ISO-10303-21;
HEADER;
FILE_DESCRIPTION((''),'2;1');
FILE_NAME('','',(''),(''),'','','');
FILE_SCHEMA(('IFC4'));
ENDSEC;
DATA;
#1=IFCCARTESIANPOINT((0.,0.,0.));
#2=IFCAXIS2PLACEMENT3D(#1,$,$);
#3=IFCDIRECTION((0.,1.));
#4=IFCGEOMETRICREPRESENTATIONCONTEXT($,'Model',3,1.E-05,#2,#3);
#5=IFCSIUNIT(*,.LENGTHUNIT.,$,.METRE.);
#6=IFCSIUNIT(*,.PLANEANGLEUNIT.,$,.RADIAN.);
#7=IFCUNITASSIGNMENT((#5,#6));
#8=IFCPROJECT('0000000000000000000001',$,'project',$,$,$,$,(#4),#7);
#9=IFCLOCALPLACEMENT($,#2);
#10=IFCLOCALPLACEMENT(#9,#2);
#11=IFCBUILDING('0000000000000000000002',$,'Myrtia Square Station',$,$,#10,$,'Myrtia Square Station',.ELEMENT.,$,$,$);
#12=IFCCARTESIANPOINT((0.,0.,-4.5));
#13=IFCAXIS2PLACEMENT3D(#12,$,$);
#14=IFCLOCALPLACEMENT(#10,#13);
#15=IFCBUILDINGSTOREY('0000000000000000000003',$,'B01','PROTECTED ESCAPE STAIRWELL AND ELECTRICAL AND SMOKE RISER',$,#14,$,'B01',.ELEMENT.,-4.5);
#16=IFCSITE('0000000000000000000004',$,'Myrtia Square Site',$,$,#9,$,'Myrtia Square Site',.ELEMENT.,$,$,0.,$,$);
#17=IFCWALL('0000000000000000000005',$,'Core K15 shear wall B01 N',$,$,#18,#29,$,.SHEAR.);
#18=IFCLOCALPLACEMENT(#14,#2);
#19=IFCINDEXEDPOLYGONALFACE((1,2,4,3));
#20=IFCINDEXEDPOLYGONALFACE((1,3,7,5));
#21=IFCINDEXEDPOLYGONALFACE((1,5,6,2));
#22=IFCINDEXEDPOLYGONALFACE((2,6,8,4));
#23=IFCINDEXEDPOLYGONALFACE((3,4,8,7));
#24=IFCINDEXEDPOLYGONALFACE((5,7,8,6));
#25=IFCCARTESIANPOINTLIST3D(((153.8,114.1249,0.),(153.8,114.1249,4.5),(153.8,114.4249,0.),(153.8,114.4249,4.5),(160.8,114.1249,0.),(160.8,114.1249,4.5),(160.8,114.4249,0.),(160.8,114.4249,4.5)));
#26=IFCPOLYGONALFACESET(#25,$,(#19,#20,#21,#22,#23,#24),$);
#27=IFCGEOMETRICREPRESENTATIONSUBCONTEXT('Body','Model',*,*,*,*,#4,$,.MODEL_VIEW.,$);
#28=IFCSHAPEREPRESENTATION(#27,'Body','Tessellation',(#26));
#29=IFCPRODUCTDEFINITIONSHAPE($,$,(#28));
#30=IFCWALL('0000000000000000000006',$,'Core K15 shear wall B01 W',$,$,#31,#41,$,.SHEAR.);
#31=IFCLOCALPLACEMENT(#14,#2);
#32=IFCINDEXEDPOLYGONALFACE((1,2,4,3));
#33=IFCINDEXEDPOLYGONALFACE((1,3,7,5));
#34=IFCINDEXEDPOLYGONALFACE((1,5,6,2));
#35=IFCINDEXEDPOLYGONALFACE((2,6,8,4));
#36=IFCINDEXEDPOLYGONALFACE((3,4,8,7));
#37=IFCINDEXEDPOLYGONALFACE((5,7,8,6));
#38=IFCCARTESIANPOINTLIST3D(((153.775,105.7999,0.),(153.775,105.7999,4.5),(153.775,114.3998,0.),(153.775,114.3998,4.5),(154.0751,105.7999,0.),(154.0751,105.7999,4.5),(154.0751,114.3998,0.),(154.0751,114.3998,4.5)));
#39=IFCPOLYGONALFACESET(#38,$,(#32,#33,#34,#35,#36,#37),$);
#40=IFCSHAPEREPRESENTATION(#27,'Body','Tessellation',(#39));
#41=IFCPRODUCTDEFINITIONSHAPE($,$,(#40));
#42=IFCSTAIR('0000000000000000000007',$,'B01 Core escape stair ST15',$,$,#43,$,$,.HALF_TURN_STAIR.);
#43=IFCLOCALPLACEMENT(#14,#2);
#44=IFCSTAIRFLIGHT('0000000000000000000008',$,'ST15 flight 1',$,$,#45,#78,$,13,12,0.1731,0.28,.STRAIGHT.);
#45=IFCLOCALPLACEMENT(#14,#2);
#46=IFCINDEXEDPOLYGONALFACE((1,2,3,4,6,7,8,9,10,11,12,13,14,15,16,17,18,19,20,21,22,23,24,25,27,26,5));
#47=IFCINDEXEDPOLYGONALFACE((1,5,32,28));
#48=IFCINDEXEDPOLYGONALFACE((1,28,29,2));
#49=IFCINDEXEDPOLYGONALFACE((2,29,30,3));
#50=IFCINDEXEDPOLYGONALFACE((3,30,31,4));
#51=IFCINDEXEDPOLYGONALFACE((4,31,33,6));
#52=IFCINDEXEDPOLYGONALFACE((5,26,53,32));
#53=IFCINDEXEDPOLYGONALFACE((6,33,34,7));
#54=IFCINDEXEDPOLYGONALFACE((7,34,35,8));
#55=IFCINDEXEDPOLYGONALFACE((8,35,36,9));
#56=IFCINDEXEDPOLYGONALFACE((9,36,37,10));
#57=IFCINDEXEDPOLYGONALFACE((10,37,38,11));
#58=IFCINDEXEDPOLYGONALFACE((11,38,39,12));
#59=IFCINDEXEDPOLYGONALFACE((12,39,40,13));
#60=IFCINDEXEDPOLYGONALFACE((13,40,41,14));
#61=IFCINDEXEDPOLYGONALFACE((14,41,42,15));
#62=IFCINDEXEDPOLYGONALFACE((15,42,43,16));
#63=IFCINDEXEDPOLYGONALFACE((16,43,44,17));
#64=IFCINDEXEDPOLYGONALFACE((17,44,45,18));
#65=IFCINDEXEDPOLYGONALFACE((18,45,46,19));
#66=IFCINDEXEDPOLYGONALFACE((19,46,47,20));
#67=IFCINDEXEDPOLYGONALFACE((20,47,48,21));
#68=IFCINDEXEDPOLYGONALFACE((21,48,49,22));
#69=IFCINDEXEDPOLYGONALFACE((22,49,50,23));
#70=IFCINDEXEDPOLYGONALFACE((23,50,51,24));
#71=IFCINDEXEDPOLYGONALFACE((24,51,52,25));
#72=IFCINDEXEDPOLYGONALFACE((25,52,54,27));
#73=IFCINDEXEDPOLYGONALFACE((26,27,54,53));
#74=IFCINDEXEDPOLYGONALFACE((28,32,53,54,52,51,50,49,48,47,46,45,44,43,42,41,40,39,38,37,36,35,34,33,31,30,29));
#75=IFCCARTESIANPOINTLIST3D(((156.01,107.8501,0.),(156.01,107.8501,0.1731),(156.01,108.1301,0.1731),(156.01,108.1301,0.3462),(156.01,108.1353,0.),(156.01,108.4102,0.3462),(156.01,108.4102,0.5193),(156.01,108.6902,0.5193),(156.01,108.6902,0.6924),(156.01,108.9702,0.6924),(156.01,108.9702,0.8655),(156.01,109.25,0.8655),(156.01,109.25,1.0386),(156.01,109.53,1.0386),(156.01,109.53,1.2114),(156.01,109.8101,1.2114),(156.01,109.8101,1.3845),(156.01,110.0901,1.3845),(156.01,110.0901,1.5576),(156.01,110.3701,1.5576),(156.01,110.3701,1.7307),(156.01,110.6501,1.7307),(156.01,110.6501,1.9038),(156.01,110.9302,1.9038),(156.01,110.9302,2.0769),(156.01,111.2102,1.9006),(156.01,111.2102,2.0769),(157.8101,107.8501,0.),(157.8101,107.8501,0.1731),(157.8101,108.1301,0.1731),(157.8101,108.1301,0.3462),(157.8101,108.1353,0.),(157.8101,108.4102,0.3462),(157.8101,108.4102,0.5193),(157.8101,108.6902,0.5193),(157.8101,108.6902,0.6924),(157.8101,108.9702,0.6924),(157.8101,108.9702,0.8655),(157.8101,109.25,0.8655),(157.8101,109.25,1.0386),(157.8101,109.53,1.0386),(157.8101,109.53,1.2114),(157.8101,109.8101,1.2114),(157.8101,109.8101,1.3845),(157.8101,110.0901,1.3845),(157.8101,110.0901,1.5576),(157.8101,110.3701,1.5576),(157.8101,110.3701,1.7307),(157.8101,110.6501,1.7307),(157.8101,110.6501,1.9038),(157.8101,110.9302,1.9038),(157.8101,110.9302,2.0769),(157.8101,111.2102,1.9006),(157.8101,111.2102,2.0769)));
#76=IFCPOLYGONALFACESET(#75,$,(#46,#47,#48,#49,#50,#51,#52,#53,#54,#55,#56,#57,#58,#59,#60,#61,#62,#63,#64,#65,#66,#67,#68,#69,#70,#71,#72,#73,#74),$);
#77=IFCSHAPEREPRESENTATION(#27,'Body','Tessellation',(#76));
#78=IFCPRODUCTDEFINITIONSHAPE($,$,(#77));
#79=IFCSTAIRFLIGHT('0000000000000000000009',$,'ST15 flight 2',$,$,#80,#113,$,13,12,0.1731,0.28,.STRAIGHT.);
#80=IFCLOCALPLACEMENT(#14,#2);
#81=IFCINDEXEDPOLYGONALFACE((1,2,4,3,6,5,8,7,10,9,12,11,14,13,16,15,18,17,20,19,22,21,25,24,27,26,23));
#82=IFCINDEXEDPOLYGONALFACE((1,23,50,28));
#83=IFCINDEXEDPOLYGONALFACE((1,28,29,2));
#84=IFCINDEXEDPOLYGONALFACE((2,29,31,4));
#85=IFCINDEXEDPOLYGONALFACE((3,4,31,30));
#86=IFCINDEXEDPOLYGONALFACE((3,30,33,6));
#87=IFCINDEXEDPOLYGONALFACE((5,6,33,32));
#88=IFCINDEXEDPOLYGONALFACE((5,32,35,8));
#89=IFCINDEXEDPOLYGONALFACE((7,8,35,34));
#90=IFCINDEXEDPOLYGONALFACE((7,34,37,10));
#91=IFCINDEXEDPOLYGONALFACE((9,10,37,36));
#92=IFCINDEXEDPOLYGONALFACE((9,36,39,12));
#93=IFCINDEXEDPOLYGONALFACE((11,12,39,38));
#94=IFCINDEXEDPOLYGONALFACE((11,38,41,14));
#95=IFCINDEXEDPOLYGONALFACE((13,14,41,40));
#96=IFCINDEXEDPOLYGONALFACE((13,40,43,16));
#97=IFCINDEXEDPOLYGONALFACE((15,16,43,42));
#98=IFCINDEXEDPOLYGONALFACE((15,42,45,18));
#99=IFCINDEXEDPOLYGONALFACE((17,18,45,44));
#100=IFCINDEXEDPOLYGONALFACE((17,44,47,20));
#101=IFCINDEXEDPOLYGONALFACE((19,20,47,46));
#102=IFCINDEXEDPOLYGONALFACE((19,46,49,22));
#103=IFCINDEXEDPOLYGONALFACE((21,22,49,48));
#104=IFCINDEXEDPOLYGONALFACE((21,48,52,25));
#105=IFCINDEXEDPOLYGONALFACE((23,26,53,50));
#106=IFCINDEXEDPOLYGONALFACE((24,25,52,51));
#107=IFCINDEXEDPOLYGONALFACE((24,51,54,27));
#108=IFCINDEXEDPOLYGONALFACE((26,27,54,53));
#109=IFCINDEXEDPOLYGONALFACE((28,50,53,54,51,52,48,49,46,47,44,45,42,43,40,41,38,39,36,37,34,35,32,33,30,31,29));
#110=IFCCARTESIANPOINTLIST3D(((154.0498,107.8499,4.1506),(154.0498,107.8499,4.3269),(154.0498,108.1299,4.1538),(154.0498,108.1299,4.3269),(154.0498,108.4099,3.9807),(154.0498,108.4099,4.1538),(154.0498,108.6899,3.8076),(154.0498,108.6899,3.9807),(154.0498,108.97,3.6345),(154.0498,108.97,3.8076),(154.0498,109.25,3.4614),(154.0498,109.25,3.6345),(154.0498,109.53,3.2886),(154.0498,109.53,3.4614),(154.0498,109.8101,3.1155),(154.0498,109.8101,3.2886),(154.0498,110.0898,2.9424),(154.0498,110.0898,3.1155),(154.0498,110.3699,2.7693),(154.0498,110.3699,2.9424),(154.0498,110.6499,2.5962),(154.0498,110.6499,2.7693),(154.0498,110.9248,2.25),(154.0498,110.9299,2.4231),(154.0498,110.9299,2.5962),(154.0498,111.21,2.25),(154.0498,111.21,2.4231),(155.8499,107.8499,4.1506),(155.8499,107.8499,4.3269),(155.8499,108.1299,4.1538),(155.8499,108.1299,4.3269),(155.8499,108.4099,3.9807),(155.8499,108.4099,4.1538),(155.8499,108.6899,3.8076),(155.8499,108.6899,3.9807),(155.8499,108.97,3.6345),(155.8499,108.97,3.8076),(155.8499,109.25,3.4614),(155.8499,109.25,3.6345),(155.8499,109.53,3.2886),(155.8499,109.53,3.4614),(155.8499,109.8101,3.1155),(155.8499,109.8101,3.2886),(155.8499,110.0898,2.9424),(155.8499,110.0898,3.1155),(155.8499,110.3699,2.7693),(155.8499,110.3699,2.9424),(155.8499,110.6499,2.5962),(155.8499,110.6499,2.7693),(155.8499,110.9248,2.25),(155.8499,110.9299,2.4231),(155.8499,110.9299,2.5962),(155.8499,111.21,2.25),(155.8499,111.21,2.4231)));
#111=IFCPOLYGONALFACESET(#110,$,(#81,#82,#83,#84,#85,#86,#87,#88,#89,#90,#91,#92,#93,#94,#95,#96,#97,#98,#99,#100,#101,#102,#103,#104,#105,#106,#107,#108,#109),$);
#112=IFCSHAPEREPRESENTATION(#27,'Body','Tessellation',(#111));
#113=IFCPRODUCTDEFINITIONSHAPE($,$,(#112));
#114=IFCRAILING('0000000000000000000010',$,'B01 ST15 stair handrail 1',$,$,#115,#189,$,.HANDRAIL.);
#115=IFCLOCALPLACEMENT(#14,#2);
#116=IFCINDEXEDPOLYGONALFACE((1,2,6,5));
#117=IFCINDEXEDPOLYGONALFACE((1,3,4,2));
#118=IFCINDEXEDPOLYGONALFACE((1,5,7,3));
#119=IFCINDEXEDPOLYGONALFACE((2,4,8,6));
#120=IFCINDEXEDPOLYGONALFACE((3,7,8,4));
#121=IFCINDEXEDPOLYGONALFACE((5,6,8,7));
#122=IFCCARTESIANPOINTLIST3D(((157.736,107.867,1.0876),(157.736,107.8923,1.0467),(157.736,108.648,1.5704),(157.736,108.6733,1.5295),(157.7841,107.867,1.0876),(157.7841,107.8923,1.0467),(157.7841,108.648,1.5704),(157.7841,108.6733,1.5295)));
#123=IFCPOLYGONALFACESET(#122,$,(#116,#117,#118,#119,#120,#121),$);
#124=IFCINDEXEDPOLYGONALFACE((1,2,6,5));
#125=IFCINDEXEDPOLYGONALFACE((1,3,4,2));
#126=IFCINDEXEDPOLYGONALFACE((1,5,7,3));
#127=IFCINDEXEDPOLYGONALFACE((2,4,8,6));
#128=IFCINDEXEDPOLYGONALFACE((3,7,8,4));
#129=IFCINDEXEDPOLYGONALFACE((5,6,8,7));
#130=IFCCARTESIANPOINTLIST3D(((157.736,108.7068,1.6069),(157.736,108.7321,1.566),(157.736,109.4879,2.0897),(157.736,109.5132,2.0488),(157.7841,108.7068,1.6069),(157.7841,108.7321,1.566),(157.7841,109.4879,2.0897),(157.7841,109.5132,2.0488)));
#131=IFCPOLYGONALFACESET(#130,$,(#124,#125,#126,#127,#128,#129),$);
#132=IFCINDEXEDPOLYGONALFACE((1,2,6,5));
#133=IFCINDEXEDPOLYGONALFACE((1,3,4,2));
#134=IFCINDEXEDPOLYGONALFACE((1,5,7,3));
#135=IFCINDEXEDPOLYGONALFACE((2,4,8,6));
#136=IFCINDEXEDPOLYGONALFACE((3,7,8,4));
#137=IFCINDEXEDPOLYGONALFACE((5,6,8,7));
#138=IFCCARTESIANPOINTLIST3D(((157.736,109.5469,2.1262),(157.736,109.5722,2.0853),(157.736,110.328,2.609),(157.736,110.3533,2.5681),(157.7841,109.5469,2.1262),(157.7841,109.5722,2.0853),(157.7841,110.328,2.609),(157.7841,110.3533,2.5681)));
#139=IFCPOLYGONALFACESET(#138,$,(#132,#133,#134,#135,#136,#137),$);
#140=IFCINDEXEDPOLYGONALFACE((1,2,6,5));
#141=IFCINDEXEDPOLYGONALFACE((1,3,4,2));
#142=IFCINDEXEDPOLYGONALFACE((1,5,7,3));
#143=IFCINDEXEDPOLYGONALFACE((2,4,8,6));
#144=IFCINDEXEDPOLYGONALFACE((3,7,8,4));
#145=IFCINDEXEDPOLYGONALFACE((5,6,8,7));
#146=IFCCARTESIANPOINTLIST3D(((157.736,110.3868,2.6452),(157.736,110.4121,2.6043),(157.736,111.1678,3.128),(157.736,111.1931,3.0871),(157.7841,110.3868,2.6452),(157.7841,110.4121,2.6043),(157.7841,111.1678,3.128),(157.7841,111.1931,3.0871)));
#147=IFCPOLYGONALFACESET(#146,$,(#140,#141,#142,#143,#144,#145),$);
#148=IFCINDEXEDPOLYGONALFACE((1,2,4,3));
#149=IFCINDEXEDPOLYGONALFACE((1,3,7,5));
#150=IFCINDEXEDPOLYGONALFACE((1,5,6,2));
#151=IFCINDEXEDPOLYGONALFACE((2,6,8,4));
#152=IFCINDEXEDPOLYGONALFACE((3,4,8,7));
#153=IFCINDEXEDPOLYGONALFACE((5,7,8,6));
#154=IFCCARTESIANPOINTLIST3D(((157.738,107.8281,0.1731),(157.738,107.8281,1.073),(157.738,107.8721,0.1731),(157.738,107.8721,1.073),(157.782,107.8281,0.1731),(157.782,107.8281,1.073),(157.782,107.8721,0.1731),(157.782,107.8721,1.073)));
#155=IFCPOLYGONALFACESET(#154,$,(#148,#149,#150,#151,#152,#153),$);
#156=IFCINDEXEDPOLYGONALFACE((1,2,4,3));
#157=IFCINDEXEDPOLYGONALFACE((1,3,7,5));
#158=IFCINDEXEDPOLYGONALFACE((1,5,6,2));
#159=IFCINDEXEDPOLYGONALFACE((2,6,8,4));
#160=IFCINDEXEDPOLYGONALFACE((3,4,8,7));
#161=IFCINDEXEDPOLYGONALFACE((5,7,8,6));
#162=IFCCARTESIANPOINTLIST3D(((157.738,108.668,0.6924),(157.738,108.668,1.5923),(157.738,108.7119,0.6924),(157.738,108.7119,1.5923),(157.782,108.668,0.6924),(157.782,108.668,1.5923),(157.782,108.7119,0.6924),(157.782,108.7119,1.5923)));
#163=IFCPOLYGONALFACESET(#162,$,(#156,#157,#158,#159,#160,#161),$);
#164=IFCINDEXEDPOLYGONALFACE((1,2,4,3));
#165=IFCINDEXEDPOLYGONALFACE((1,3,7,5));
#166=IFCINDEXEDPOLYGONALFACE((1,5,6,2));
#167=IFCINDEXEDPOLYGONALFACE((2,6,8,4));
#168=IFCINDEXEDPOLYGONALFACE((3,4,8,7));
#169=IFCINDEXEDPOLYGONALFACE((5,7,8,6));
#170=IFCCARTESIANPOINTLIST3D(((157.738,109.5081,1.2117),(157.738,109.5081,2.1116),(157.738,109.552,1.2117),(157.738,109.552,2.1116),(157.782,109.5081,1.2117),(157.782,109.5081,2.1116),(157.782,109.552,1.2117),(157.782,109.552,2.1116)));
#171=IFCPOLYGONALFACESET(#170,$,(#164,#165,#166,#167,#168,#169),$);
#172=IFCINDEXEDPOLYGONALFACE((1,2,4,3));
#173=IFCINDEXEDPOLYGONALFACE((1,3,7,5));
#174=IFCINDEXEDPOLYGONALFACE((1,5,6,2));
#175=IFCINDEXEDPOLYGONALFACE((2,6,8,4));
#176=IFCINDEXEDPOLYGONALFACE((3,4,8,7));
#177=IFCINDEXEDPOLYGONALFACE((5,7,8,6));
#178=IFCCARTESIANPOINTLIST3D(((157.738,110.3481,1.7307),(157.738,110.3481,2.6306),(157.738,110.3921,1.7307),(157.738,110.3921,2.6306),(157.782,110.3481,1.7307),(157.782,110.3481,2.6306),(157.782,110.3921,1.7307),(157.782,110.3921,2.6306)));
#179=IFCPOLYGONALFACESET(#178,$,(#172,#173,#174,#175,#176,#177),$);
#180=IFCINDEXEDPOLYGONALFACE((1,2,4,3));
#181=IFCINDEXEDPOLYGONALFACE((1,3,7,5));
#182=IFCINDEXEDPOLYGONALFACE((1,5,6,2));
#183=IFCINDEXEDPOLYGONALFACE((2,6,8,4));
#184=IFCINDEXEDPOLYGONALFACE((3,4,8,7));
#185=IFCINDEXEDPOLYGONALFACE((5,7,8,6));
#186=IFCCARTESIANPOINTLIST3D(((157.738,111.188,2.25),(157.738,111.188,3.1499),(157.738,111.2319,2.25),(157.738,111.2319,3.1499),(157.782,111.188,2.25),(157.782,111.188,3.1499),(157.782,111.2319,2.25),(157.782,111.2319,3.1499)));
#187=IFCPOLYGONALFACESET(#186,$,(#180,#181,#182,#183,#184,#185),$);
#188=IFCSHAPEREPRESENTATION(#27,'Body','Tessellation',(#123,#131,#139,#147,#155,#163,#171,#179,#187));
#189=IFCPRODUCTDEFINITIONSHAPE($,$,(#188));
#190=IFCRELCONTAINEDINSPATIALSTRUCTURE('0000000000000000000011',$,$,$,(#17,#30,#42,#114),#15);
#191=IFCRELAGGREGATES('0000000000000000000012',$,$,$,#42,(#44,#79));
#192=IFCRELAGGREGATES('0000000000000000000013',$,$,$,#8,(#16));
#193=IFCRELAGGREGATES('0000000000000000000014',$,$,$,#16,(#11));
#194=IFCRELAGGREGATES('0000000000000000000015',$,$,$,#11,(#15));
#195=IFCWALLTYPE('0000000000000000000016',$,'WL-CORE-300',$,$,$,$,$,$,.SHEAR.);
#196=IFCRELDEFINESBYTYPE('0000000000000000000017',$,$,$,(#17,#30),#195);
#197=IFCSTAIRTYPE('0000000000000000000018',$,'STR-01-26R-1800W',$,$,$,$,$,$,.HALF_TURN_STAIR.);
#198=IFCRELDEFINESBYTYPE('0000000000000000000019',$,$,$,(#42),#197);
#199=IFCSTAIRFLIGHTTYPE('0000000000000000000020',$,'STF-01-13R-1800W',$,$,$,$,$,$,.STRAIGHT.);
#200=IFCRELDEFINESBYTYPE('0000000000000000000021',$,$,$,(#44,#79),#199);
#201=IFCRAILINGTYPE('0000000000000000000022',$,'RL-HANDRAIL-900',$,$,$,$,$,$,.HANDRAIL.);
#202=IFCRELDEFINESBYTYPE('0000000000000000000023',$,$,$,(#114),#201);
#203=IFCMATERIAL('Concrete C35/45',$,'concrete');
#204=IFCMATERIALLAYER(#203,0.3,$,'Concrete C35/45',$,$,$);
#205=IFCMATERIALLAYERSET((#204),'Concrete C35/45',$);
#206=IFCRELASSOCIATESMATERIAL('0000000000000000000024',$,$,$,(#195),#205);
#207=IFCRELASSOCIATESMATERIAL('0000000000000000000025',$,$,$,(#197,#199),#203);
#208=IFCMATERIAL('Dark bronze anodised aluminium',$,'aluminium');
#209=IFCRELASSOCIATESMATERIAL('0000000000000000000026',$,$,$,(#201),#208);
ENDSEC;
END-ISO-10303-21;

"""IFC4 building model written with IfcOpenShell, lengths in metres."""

from ifc_helpers import new_model, si_unit, direction, frame, frame_2d, origin, origin_2d, place, context, subcontext, project, spatial, polyline, rectangle, outline, extrude, material, layer, layer_set, type_object, element, aggregate, save


model = new_model("IFC4")

# Units and contexts
model_context = context("Model", 3, precision=1e-05, world=origin(), true_north=direction((0.0, 1.0)))
body_context = subcontext(model_context, "Body", "Model", "MODEL_VIEW")
ifc_project = project(units=[si_unit("LENGTHUNIT", "METRE"), si_unit("PLANEANGLEUNIT", "RADIAN")], contexts=[model_context])

# Site, building, storey
site_placement = place(None, origin())
site = spatial("IfcSite", under=ifc_project, at=site_placement, Name="Myrtia Square Site", LongName="Myrtia Square Site", CompositionType="ELEMENT", RefElevation=0.0)
building_placement = place(site_placement, origin())
building = spatial("IfcBuilding", under=site, at=building_placement, Name="Myrtia Square Station", LongName="Myrtia Square Station", CompositionType="ELEMENT")
storey_placement = place(building_placement, frame((0.0, 0.0, -4.5)))
storey = spatial("IfcBuildingStorey", under=building, at=storey_placement, Name="B01", Description="PROTECTED ESCAPE STAIRWELL AND ELECTRICAL AND SMOKE RISER", LongName="B01", CompositionType="ELEMENT", Elevation=-4.5)

# Shared definitions
ifc_material_1 = material(Name="Concrete C35/45", Category="concrete")

# Shared definitions
ifc_layer = layer(ifc_material_1, 0.3, Name="Concrete C35/45")
ifc_layer_set = layer_set([ifc_layer], Name="Concrete C35/45")
wall_type = type_object("IfcWallType", Name="WL-CORE-300", PredefinedType="SHEAR", material=ifc_layer_set)
ifc_material_2 = material(Name="Dark bronze anodised aluminium", Category="aluminium")

# Walls
wall_1_placement = place(storey_placement, frame((153.8, 114.2749, 0.0), z_axis=(0.0, 0.0, 1.0), x_axis=(1.0, 0.0, 0.0)))
element("IfcWall", 1, at=wall_1_placement, inside=storey, type_object=wall_type, Name="Core K15 shear wall B01 N", PredefinedType="SHEAR", context=body_context, shape_type="SweptSolid", body=[
    extrude(rectangle(XDim=7.0, YDim=0.3, at=frame_2d((3.5, 0.0))), origin(), (0.0, 0.0, 1.0), 4.5),
])
wall_2_placement = place(storey_placement, frame((153.925, 105.8, 0.0), z_axis=(0.0, 0.0, 1.0), x_axis=(0.0, 1.0, 0.0)))
element("IfcWall", 2, at=wall_2_placement, inside=storey, type_object=wall_type, Name="Core K15 shear wall B01 W", PredefinedType="SHEAR", context=body_context, shape_type="SweptSolid", body=[
    extrude(rectangle(XDim=8.5999, YDim=0.3, at=frame_2d((4.2998, 0.0))), origin(), (0.0, 0.0, 1.0), 4.5),
])

# Stair, stair flights
stair_type = type_object("IfcStairType", Name="STR-01-26R-1800W", PredefinedType="HALF_TURN_STAIR", material=ifc_material_1)
stair_placement = place(storey_placement, origin())
stair = element("IfcStair", 3, at=stair_placement, inside=storey, type_object=stair_type, Name="B01 Core escape stair ST15", PredefinedType="HALF_TURN_STAIR")
stair_flight_type = type_object("IfcStairFlightType", Name="STF-01-13R-1800W", PredefinedType="STRAIGHT", material=ifc_material_1)
stair_flight_1_placement = place(storey_placement, frame((156.9099, 107.8501, 0.0), z_axis=(0.0, 0.0, 1.0), x_axis=(0.0, 1.0, 0.0)))
stair_flight_1 = element("IfcStairFlight", 4, at=stair_flight_1_placement, type_object=stair_flight_type, Name="ST15 flight 1", NumberOfRisers=13, NumberOfTreads=12, PredefinedType="STRAIGHT", RiserHeight=0.1731, TreadLength=0.28, context=body_context, shape_type="SweptSolid", body=[
    extrude(outline(polyline([(0.0, 0.0), (0.0, 0.1731), (0.28, 0.1731), (0.28, 0.3462), (0.5601, 0.3462), (0.5601, 0.5193), (0.8401, 0.5193), (0.8401, 0.6924), (1.1201, 0.6924), (1.1201, 0.8655), (1.3999, 0.8655), (1.3999, 1.0386), (1.6799, 1.0386), (1.6799, 1.2114), (1.96, 1.2114), (1.96, 1.3845), (2.24, 1.3845), (2.24, 1.5576), (2.52, 1.5576), (2.52, 1.7307), (2.8, 1.7307), (2.8, 1.9038), (3.0801, 1.9038), (3.0801, 2.0769), (3.3601, 2.0769), (3.3601, 2.25), (3.3601, 1.9006), (0.2852, 0.0), (0.0, 0.0)])), frame((0.0, 0.8999, 0.0), z_axis=(0.0, -1.0, 0.0), x_axis=(1.0, 0.0, 0.0)), (0.0, 0.0, 1.0), 1.8),
])
stair_flight_2_placement = place(storey_placement, frame((154.95, 111.21, 2.25), z_axis=(0.0, 0.0, 1.0), x_axis=(0.0, -1.0, 0.0)))
stair_flight_2 = element("IfcStairFlight", 5, at=stair_flight_2_placement, type_object=stair_flight_type, Name="ST15 flight 2", NumberOfRisers=13, NumberOfTreads=12, PredefinedType="STRAIGHT", RiserHeight=0.1731, TreadLength=0.28, context=body_context, shape_type="SweptSolid", body=[
    extrude(outline(polyline([(0.0, 0.0), (0.0, 0.1731), (0.28, 0.1731), (0.28, 0.3462), (0.5601, 0.3462), (0.5601, 0.5193), (0.8401, 0.5193), (0.8401, 0.6924), (1.1201, 0.6924), (1.1201, 0.8655), (1.3999, 0.8655), (1.3999, 1.0386), (1.6799, 1.0386), (1.6799, 1.2114), (1.96, 1.2114), (1.96, 1.3845), (2.24, 1.3845), (2.24, 1.5576), (2.52, 1.5576), (2.52, 1.7307), (2.8, 1.7307), (2.8, 1.9038), (3.0801, 1.9038), (3.0801, 2.0769), (3.3601, 2.0769), (3.3601, 2.25), (3.3601, 1.9006), (0.2852, 0.0), (0.0, 0.0)])), frame((0.0, 0.8999, 0.0), z_axis=(0.0, -1.0, 0.0), x_axis=(1.0, 0.0, 0.0)), (0.0, 0.0, 1.0), 1.8),
])
aggregate(stair, [stair_flight_1, stair_flight_2])

# Railing
railing_type_1 = type_object("IfcRailingType", Name="RL-HANDRAIL-900", PredefinedType="HANDRAIL", material=ifc_material_2)
railing_1_placement = place(storey_placement, frame((157.76, 107.8501, 0.1731)))
element("IfcRailing", 6, at=railing_1_placement, inside=storey, type_object=railing_type_1, Name="B01 ST15 stair handrail 1", PredefinedType="HANDRAIL", context=body_context, shape_type="SweptSolid", body=[
    extrude(rectangle(XDim=0.0481, YDim=0.0481, at=origin_2d()), frame((0.0, 0.0295, 0.894), z_axis=(0.0, 0.850606, 0.525803), x_axis=(-1.0, 0.0, 0.0)), (0.0, 0.0, 1.0), 0.9182),
    extrude(rectangle(XDim=0.0481, YDim=0.0481, at=origin_2d()), frame((0.0, 0.8694, 1.4133), z_axis=(0.0, 0.850606, 0.525803), x_axis=(-1.0, 0.0, 0.0)), (0.0, 0.0, 1.0), 0.9182),
    extrude(rectangle(XDim=0.0481, YDim=0.0481, at=origin_2d()), frame((0.0, 1.7095, 1.9326), z_axis=(0.0, 0.850606, 0.525803), x_axis=(-1.0, 0.0, 0.0)), (0.0, 0.0, 1.0), 0.9182),
    extrude(rectangle(XDim=0.0481, YDim=0.0481, at=origin_2d()), frame((0.0, 2.5493, 2.4517), z_axis=(0.0, 0.850606, 0.525803), x_axis=(-1.0, 0.0, 0.0)), (0.0, 0.0, 1.0), 0.9182),
    extrude(rectangle(XDim=0.0439, YDim=0.0439, at=origin_2d()), origin(), (0.0, 0.0, 1.0), 0.8999),
    extrude(rectangle(XDim=0.0439, YDim=0.0439, at=origin_2d()), frame((0.0, 0.8398, 0.5193)), (0.0, 0.0, 1.0), 0.8999),
    extrude(rectangle(XDim=0.0439, YDim=0.0439, at=origin_2d()), frame((0.0, 1.6799, 1.0386)), (0.0, 0.0, 1.0), 0.8999),
    extrude(rectangle(XDim=0.0439, YDim=0.0439, at=origin_2d()), frame((0.0, 2.52, 1.5576)), (0.0, 0.0, 1.0), 0.8999),
    extrude(rectangle(XDim=0.0439, YDim=0.0439, at=origin_2d()), frame((0.0, 3.3599, 2.0769)), (0.0, 0.0, 1.0), 0.8999),
])

save(model, "model.ifc")
